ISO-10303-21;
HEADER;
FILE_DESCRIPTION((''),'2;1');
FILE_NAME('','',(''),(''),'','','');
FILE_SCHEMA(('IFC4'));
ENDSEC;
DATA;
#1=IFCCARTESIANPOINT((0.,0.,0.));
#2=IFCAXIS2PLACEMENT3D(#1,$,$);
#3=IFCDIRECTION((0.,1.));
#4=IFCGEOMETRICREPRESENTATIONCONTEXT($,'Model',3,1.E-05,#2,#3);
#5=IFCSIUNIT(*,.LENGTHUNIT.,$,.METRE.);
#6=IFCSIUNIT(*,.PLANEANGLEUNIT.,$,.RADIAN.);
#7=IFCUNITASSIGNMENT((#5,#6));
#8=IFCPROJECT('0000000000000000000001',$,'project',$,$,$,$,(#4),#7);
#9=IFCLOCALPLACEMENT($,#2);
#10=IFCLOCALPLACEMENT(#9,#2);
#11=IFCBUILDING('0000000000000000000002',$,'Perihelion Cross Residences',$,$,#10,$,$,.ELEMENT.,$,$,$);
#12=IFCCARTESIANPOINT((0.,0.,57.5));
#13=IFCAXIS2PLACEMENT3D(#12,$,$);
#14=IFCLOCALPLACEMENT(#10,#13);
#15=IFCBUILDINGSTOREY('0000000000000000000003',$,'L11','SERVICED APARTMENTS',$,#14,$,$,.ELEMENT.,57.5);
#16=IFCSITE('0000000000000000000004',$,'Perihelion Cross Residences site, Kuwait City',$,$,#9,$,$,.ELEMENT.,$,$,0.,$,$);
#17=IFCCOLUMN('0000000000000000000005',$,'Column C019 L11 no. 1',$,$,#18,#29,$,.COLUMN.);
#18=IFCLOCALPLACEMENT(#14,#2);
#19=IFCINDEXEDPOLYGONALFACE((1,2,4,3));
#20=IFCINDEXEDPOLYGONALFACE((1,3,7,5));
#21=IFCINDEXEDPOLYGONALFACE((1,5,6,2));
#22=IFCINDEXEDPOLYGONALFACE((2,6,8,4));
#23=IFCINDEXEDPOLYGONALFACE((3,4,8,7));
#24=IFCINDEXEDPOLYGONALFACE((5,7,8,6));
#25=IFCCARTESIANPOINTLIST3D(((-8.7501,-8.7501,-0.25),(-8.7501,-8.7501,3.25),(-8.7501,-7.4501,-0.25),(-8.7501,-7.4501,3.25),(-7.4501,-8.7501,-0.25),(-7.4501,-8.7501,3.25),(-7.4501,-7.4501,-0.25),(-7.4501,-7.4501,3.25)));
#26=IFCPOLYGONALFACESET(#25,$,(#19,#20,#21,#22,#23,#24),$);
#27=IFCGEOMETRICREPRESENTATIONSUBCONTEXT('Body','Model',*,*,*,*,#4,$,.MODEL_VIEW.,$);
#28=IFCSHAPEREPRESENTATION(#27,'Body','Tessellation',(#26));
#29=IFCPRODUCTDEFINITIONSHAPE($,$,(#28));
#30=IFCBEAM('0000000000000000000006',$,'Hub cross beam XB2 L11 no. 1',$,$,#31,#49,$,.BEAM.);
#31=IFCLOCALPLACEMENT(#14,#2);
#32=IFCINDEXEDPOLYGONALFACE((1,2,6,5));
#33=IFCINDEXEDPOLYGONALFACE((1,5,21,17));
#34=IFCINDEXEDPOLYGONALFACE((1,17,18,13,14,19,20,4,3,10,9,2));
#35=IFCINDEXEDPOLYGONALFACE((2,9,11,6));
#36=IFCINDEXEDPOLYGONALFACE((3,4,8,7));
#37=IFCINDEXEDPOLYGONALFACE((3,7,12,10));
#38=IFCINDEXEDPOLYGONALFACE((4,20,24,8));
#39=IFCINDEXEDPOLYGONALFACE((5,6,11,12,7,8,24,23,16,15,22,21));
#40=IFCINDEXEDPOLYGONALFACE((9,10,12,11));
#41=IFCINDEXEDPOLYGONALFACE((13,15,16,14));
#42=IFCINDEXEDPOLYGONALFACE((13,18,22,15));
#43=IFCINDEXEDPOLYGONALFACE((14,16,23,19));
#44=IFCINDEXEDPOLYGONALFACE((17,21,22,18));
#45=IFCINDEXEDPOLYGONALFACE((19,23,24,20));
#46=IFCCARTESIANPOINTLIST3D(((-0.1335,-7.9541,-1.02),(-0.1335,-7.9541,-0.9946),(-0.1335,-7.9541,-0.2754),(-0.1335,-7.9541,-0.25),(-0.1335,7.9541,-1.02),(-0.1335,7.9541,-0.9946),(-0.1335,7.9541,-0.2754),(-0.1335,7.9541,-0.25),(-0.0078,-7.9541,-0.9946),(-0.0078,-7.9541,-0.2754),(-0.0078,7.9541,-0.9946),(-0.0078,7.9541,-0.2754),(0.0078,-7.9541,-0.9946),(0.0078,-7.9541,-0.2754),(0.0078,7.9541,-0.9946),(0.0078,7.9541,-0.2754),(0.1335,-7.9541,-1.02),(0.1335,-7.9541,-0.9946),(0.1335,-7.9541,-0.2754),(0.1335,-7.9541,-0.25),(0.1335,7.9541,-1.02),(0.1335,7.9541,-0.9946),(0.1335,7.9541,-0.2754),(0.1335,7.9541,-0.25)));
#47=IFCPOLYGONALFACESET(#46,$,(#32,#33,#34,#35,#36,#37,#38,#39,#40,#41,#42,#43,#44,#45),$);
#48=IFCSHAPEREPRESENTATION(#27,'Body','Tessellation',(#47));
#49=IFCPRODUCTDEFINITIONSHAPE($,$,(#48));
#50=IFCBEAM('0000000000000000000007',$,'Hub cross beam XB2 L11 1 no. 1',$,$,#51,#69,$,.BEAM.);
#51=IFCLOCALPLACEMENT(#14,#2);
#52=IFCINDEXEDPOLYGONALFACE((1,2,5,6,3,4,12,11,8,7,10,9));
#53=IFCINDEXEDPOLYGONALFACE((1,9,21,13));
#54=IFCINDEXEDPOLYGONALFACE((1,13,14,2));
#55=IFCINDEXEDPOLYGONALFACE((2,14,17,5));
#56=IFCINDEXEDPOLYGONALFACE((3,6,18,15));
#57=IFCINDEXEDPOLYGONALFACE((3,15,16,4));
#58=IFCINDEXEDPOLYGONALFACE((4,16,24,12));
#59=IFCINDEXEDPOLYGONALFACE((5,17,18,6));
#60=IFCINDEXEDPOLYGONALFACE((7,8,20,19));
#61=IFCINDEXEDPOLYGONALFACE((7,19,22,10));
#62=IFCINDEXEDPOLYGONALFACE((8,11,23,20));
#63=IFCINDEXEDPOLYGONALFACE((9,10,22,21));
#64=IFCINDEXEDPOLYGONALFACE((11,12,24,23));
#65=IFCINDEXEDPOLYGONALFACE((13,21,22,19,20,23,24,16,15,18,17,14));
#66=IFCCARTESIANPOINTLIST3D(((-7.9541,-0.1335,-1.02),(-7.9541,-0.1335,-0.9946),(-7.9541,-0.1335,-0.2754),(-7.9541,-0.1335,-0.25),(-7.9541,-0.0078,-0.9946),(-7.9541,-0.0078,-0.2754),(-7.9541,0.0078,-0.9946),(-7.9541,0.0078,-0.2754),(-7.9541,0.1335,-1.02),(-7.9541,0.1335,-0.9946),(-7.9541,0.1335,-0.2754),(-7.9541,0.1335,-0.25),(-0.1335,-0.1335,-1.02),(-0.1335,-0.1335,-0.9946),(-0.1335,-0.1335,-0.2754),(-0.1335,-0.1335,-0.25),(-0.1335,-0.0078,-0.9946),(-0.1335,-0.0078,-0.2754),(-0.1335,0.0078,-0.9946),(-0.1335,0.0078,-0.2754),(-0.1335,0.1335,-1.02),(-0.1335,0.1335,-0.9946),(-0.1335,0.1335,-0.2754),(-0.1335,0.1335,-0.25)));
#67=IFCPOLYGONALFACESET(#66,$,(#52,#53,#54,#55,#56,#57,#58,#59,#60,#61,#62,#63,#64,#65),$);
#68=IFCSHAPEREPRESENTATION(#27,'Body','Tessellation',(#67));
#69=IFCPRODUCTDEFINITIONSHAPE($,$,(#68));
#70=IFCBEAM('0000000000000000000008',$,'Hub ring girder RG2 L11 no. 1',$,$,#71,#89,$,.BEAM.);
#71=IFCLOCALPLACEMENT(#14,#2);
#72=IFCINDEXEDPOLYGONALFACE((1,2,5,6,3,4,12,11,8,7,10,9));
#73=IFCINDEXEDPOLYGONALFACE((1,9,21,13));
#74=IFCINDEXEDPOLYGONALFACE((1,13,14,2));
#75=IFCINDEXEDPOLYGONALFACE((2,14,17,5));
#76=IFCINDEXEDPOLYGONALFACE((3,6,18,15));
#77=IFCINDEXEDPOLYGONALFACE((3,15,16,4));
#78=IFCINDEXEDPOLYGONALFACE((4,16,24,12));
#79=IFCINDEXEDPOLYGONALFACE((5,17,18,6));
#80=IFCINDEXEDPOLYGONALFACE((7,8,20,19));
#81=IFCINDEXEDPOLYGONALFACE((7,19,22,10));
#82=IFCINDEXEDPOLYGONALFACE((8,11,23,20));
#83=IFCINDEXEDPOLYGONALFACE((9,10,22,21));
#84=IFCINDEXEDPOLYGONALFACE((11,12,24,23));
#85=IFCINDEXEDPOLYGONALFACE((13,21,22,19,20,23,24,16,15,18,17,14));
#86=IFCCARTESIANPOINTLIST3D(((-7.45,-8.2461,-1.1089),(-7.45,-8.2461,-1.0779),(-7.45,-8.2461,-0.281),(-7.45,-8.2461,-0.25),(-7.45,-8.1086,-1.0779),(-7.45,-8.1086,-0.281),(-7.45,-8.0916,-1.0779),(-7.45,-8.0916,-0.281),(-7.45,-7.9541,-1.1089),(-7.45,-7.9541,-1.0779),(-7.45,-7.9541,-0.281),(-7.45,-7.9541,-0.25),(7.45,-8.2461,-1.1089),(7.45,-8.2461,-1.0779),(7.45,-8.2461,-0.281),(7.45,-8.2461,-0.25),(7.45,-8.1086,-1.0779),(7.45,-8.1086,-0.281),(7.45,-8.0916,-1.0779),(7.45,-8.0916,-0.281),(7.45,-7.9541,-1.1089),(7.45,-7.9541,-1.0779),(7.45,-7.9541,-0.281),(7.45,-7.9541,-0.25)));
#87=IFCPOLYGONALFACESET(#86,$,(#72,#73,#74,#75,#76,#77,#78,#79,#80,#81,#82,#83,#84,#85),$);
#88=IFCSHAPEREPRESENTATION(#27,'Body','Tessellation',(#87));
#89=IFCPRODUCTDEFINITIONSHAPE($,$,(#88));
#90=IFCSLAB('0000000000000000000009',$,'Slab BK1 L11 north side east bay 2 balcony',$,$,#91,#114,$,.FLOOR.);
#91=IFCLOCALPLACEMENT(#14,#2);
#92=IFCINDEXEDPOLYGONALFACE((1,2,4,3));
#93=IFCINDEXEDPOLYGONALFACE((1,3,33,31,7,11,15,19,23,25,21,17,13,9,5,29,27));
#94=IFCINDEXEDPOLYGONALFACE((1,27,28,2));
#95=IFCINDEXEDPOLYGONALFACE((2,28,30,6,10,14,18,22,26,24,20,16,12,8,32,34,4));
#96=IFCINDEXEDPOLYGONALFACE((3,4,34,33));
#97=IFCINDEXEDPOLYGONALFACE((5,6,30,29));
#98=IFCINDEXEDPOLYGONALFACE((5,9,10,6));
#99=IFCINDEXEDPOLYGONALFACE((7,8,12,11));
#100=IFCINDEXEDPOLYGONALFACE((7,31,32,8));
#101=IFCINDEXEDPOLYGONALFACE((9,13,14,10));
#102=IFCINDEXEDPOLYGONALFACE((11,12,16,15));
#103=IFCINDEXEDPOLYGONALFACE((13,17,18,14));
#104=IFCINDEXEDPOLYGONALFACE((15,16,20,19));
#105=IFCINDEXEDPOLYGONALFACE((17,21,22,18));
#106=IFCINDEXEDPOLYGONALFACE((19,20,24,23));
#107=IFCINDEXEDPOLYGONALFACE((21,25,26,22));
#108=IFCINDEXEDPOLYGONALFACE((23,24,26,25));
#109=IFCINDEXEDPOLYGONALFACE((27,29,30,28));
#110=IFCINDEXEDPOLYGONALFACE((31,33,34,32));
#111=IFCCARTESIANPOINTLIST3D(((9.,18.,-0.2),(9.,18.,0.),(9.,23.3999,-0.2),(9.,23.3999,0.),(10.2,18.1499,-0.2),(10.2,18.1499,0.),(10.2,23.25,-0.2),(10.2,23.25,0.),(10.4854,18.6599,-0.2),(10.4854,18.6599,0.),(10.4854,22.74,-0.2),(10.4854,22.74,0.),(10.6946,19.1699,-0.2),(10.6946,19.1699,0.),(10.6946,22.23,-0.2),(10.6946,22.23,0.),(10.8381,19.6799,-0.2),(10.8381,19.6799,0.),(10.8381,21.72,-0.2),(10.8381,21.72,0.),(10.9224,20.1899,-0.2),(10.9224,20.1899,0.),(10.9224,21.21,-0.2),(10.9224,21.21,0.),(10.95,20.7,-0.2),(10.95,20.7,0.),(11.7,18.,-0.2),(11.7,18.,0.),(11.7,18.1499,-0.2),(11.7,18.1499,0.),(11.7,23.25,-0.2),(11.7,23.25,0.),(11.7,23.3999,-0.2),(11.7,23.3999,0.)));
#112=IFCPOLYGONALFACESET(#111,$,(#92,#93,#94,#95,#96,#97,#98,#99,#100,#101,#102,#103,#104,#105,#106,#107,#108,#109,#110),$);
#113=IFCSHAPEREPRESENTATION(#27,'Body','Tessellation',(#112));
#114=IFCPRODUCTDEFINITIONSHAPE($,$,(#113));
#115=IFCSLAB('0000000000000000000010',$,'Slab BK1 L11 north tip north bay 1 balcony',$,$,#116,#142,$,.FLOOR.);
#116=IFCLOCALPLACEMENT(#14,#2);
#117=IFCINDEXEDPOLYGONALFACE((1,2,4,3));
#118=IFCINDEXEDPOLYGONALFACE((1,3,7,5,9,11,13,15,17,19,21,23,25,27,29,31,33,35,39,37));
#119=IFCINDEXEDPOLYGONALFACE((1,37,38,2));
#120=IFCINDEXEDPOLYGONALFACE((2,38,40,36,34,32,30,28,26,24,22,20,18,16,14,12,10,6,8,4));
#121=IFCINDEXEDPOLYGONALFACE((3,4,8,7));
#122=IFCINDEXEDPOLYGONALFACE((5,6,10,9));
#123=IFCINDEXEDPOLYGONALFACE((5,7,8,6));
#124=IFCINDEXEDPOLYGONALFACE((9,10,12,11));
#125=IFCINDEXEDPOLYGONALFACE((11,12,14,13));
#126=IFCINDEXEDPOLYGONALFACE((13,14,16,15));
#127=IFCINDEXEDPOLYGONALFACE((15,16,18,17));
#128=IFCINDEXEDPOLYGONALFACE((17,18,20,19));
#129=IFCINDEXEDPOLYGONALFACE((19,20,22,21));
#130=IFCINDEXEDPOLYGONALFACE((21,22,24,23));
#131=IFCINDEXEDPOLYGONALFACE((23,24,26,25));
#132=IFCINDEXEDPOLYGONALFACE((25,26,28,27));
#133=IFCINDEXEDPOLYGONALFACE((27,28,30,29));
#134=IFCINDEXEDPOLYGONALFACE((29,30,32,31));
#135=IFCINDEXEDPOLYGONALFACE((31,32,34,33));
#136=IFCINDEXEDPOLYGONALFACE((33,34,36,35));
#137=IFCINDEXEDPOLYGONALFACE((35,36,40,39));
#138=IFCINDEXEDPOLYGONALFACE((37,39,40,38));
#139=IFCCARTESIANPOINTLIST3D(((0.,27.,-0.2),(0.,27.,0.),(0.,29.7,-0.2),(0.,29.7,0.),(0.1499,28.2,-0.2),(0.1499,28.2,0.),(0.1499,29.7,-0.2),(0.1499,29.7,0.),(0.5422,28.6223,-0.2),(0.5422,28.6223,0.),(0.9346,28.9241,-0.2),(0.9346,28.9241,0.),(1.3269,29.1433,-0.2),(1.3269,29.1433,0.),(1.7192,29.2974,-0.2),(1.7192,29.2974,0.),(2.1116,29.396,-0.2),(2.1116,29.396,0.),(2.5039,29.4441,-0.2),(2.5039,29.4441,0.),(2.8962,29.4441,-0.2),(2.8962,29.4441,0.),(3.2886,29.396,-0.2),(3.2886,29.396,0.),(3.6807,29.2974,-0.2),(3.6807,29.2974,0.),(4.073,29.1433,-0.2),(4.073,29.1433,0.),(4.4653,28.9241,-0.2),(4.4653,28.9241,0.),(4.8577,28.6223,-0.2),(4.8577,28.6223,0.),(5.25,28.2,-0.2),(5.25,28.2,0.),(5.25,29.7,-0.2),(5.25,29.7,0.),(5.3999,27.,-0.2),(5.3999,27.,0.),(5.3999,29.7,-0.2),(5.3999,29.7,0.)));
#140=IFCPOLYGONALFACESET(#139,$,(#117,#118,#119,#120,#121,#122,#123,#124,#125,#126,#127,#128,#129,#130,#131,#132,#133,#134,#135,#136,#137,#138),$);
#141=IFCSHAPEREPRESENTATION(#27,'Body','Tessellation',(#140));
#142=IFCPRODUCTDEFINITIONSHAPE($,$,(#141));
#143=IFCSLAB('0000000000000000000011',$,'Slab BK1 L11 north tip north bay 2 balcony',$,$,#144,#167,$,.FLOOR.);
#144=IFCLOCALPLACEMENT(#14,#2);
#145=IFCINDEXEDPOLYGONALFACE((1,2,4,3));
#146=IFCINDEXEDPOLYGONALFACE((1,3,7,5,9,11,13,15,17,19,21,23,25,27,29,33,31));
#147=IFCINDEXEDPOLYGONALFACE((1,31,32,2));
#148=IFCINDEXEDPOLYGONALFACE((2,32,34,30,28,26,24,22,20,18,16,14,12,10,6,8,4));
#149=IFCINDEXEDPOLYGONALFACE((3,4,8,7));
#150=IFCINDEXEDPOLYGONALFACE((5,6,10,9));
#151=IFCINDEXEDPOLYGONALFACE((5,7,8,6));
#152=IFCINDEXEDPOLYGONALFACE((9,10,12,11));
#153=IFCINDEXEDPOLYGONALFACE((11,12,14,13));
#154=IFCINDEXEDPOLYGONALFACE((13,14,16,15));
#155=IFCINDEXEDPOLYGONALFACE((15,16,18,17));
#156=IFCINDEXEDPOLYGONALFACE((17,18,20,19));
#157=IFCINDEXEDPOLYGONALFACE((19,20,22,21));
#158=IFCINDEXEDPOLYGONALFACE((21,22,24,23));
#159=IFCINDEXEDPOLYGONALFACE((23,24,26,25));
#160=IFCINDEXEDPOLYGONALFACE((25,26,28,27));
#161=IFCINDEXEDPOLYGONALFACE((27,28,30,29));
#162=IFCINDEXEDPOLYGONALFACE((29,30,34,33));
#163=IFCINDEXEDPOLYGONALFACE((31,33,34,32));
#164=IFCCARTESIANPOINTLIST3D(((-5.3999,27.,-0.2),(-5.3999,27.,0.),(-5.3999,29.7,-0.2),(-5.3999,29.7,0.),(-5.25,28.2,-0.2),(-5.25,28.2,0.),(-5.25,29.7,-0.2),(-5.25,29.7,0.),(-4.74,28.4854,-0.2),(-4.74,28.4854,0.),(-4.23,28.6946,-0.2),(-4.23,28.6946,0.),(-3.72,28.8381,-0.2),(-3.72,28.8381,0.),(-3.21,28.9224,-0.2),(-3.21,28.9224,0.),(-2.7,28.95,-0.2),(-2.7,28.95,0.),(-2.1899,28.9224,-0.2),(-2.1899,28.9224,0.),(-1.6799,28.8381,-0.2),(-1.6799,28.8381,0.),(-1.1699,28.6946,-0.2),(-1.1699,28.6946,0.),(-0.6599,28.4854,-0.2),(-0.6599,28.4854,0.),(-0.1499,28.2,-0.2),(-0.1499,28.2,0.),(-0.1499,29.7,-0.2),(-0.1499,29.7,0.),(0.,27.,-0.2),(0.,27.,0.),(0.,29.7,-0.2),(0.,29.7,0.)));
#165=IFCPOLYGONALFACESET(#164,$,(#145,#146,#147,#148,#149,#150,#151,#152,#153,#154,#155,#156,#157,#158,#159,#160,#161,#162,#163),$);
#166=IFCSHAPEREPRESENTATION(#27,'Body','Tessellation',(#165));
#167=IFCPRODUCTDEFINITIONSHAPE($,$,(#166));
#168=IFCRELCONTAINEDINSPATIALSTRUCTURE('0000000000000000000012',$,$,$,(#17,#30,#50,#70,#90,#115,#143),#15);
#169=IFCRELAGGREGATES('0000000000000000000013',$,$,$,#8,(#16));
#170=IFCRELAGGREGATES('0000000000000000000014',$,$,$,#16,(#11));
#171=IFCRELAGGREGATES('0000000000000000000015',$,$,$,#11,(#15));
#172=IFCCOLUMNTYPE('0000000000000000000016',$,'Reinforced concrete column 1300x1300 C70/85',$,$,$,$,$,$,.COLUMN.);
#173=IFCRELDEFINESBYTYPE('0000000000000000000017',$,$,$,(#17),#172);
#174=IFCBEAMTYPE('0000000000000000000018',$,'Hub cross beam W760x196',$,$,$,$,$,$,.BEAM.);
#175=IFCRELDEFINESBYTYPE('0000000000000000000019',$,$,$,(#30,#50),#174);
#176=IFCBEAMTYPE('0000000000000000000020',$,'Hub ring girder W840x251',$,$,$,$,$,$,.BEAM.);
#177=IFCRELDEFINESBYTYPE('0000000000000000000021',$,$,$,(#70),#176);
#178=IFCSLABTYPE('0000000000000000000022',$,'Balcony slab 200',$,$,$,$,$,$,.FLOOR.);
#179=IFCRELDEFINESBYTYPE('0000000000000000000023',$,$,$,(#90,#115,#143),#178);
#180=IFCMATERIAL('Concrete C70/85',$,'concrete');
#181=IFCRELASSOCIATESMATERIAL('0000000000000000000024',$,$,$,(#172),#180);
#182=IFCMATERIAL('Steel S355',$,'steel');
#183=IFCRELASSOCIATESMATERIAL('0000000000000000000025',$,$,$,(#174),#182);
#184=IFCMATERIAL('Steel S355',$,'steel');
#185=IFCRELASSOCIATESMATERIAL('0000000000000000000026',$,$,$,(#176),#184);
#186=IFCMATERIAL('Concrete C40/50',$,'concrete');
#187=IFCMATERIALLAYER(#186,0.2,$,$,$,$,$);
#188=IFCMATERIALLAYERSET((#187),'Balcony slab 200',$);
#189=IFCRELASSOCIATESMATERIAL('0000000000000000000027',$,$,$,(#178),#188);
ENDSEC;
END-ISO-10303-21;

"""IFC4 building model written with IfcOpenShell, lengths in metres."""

from ifc_helpers import new_model, si_unit, direction, frame, origin, origin_2d, place, context, subcontext, project, spatial, polyline, rectangle, i_section, outline, extrude, material, layer, layer_set, material_profile, profile_set, type_object, element, save


model = new_model("IFC4")

# Units and contexts
model_context = context("Model", 3, precision=1e-05, world=origin(), true_north=direction((0.0, 1.0)))
body_context = subcontext(model_context, "Body", "Model", "MODEL_VIEW")
ifc_project = project(units=[si_unit("LENGTHUNIT", "METRE"), si_unit("PLANEANGLEUNIT", "RADIAN")], contexts=[model_context])

# Site, building, storey
site_placement = place(None, origin())
site = spatial("IfcSite", under=ifc_project, at=site_placement, Name="Perihelion Cross Residences site, Kuwait City", CompositionType="ELEMENT", RefElevation=0.0)
building_placement = place(site_placement, origin())
building = spatial("IfcBuilding", under=site, at=building_placement, Name="Perihelion Cross Residences", CompositionType="ELEMENT")
storey_placement = place(building_placement, frame((0.0, 0.0, 57.5)))
storey = spatial("IfcBuildingStorey", under=building, at=storey_placement, Name="L11", Description="SERVICED APARTMENTS", CompositionType="ELEMENT", Elevation=57.5)

# Column
ifc_material_1 = material(Name="Concrete C70/85", Category="concrete")
ifc_material_profile_1 = material_profile(ifc_material_1, rectangle(XDim=1.3, YDim=1.3, at=origin_2d()), Name="RC 1300x1300")
ifc_profile_set_1 = profile_set([ifc_material_profile_1], Name="Concrete C70/85")
column_type = type_object("IfcColumnType", Name="Reinforced concrete column 1300x1300 C70/85", PredefinedType="COLUMN", material=ifc_profile_set_1)
column_placement = place(storey_placement, frame((-8.1001, -8.1001, -0.25), z_axis=(0.0, 0.0, 1.0), x_axis=(1.0, 0.0, 0.0)))
element("IfcColumn", 1, at=column_placement, inside=storey, type_object=column_type, Name="Column C019 L11 no. 1", PredefinedType="COLUMN", context=body_context, shape_type="SweptSolid", body=[
    extrude(rectangle(XDim=1.3, YDim=1.3, at=origin_2d()), origin(), (0.0, 0.0, 1.0), 3.5),
])

# Beams
ifc_material_2 = material(Name="Steel S355", Category="steel")
ifc_material_profile_2 = material_profile(ifc_material_2, i_section(OverallWidth=0.2671, OverallDepth=0.77, WebThickness=0.0156, FlangeThickness=0.0254, at=origin_2d()), Name="W760x196")
ifc_profile_set_2 = profile_set([ifc_material_profile_2], Name="Steel S355")
beam_type_1 = type_object("IfcBeamType", Name="Hub cross beam W760x196", PredefinedType="BEAM", material=ifc_profile_set_2)
beam_1_placement = place(storey_placement, frame((0.0, -7.9541, -0.635), z_axis=(0.0, 1.0, 0.0), x_axis=(-1.0, 0.0, 0.0)))
element("IfcBeam", 2, at=beam_1_placement, inside=storey, type_object=beam_type_1, Name="Hub cross beam XB2 L11 no. 1", PredefinedType="BEAM", context=body_context, shape_type="SweptSolid", body=[
    extrude(i_section(OverallWidth=0.2671, OverallDepth=0.77, WebThickness=0.0156, FlangeThickness=0.0254, at=origin_2d()), origin(), (0.0, 0.0, 1.0), 15.9082),
])
beam_2_placement = place(storey_placement, frame((-7.9541, 0.0, -0.635), z_axis=(1.0, 0.0, 0.0), x_axis=(0.0, 1.0, 0.0)))
element("IfcBeam", 3, at=beam_2_placement, inside=storey, type_object=beam_type_1, Name="Hub cross beam XB2 L11 1 no. 1", PredefinedType="BEAM", context=body_context, shape_type="SweptSolid", body=[
    extrude(i_section(OverallWidth=0.2671, OverallDepth=0.77, WebThickness=0.0156, FlangeThickness=0.0254, at=origin_2d()), origin(), (0.0, 0.0, 1.0), 7.8206),
])
ifc_material_3 = material(Name="Steel S355", Category="steel")
ifc_material_profile_3 = material_profile(ifc_material_3, i_section(OverallWidth=0.292, OverallDepth=0.8589, WebThickness=0.0171, FlangeThickness=0.031, at=origin_2d()), Name="W840x251")
ifc_profile_set_3 = profile_set([ifc_material_profile_3], Name="Steel S355")
beam_type_2 = type_object("IfcBeamType", Name="Hub ring girder W840x251", PredefinedType="BEAM", material=ifc_profile_set_3)
beam_3_placement = place(storey_placement, frame((-7.45, -8.1001, -0.6794), z_axis=(1.0, 0.0, 0.0), x_axis=(0.0, 1.0, 0.0)))
element("IfcBeam", 4, at=beam_3_placement, inside=storey, type_object=beam_type_2, Name="Hub ring girder RG2 L11 no. 1", PredefinedType="BEAM", context=body_context, shape_type="SweptSolid", body=[
    extrude(i_section(OverallWidth=0.292, OverallDepth=0.8589, WebThickness=0.0171, FlangeThickness=0.031, at=origin_2d()), origin(), (0.0, 0.0, 1.0), 14.8999),
])

# Slabs
ifc_material_4 = material(Name="Concrete C40/50", Category="concrete")
ifc_layer_1 = layer(ifc_material_4, 0.2)
ifc_layer_set_1 = layer_set([ifc_layer_1], Name="Balcony slab 200")
slab_type_1 = type_object("IfcSlabType", Name="Balcony slab 200", PredefinedType="FLOOR", material=ifc_layer_set_1)
slab_1_placement = place(storey_placement, frame((0.0, 0.0, -0.2)))
element("IfcSlab", 5, at=slab_1_placement, inside=storey, type_object=slab_type_1, Name="Slab BK1 L11 north side east bay 2 balcony", PredefinedType="FLOOR", context=body_context, shape_type="SweptSolid", body=[
    extrude(outline(polyline([(9.0, 18.0), (9.0, 23.3999), (11.7, 23.3999), (11.7, 23.25), (10.2, 23.25), (10.4854, 22.74), (10.6946, 22.23), (10.8381, 21.72), (10.9224, 21.21), (10.95, 20.7), (10.9224, 20.1899), (10.8381, 19.6799), (10.6946, 19.1699), (10.4854, 18.6599), (10.2, 18.1499), (11.7, 18.1499), (11.7, 18.0), (9.0, 18.0)])), origin(), (0.0, 0.0, 1.0), 0.2),
])
slab_2_placement = place(storey_placement, frame((0.0, 0.0, -0.2)))
element("IfcSlab", 6, at=slab_2_placement, inside=storey, type_object=slab_type_1, Name="Slab BK1 L11 north tip north bay 1 balcony", PredefinedType="FLOOR", context=body_context, shape_type="SweptSolid", body=[
    extrude(outline(polyline([(5.3999, 27.0), (0.0, 27.0), (0.0, 29.7), (0.1499, 29.7), (0.1499, 28.2), (0.5422, 28.6223), (0.9346, 28.9241), (1.3269, 29.1433), (1.7192, 29.2974), (2.1116, 29.396), (2.5039, 29.4441), (2.8962, 29.4441), (3.2886, 29.396), (3.6807, 29.2974), (4.073, 29.1433), (4.4653, 28.9241), (4.8577, 28.6223), (5.25, 28.2), (5.25, 29.7), (5.3999, 29.7), (5.3999, 27.0)])), origin(), (0.0, 0.0, 1.0), 0.2),
])
slab_3_placement = place(storey_placement, frame((0.0, 0.0, -0.2)))
element("IfcSlab", 7, at=slab_3_placement, inside=storey, type_object=slab_type_1, Name="Slab BK1 L11 north tip north bay 2 balcony", PredefinedType="FLOOR", context=body_context, shape_type="SweptSolid", body=[
    extrude(outline(polyline([(0.0, 27.0), (-5.3999, 27.0), (-5.3999, 29.7), (-5.25, 29.7), (-5.25, 28.2), (-4.74, 28.4854), (-4.23, 28.6946), (-3.72, 28.8381), (-3.21, 28.9224), (-2.7, 28.95), (-2.1899, 28.9224), (-1.6799, 28.8381), (-1.1699, 28.6946), (-0.6599, 28.4854), (-0.1499, 28.2), (-0.1499, 29.7), (0.0, 29.7), (0.0, 27.0)])), origin(), (0.0, 0.0, 1.0), 0.2),
])

save(model, "model.ifc")
